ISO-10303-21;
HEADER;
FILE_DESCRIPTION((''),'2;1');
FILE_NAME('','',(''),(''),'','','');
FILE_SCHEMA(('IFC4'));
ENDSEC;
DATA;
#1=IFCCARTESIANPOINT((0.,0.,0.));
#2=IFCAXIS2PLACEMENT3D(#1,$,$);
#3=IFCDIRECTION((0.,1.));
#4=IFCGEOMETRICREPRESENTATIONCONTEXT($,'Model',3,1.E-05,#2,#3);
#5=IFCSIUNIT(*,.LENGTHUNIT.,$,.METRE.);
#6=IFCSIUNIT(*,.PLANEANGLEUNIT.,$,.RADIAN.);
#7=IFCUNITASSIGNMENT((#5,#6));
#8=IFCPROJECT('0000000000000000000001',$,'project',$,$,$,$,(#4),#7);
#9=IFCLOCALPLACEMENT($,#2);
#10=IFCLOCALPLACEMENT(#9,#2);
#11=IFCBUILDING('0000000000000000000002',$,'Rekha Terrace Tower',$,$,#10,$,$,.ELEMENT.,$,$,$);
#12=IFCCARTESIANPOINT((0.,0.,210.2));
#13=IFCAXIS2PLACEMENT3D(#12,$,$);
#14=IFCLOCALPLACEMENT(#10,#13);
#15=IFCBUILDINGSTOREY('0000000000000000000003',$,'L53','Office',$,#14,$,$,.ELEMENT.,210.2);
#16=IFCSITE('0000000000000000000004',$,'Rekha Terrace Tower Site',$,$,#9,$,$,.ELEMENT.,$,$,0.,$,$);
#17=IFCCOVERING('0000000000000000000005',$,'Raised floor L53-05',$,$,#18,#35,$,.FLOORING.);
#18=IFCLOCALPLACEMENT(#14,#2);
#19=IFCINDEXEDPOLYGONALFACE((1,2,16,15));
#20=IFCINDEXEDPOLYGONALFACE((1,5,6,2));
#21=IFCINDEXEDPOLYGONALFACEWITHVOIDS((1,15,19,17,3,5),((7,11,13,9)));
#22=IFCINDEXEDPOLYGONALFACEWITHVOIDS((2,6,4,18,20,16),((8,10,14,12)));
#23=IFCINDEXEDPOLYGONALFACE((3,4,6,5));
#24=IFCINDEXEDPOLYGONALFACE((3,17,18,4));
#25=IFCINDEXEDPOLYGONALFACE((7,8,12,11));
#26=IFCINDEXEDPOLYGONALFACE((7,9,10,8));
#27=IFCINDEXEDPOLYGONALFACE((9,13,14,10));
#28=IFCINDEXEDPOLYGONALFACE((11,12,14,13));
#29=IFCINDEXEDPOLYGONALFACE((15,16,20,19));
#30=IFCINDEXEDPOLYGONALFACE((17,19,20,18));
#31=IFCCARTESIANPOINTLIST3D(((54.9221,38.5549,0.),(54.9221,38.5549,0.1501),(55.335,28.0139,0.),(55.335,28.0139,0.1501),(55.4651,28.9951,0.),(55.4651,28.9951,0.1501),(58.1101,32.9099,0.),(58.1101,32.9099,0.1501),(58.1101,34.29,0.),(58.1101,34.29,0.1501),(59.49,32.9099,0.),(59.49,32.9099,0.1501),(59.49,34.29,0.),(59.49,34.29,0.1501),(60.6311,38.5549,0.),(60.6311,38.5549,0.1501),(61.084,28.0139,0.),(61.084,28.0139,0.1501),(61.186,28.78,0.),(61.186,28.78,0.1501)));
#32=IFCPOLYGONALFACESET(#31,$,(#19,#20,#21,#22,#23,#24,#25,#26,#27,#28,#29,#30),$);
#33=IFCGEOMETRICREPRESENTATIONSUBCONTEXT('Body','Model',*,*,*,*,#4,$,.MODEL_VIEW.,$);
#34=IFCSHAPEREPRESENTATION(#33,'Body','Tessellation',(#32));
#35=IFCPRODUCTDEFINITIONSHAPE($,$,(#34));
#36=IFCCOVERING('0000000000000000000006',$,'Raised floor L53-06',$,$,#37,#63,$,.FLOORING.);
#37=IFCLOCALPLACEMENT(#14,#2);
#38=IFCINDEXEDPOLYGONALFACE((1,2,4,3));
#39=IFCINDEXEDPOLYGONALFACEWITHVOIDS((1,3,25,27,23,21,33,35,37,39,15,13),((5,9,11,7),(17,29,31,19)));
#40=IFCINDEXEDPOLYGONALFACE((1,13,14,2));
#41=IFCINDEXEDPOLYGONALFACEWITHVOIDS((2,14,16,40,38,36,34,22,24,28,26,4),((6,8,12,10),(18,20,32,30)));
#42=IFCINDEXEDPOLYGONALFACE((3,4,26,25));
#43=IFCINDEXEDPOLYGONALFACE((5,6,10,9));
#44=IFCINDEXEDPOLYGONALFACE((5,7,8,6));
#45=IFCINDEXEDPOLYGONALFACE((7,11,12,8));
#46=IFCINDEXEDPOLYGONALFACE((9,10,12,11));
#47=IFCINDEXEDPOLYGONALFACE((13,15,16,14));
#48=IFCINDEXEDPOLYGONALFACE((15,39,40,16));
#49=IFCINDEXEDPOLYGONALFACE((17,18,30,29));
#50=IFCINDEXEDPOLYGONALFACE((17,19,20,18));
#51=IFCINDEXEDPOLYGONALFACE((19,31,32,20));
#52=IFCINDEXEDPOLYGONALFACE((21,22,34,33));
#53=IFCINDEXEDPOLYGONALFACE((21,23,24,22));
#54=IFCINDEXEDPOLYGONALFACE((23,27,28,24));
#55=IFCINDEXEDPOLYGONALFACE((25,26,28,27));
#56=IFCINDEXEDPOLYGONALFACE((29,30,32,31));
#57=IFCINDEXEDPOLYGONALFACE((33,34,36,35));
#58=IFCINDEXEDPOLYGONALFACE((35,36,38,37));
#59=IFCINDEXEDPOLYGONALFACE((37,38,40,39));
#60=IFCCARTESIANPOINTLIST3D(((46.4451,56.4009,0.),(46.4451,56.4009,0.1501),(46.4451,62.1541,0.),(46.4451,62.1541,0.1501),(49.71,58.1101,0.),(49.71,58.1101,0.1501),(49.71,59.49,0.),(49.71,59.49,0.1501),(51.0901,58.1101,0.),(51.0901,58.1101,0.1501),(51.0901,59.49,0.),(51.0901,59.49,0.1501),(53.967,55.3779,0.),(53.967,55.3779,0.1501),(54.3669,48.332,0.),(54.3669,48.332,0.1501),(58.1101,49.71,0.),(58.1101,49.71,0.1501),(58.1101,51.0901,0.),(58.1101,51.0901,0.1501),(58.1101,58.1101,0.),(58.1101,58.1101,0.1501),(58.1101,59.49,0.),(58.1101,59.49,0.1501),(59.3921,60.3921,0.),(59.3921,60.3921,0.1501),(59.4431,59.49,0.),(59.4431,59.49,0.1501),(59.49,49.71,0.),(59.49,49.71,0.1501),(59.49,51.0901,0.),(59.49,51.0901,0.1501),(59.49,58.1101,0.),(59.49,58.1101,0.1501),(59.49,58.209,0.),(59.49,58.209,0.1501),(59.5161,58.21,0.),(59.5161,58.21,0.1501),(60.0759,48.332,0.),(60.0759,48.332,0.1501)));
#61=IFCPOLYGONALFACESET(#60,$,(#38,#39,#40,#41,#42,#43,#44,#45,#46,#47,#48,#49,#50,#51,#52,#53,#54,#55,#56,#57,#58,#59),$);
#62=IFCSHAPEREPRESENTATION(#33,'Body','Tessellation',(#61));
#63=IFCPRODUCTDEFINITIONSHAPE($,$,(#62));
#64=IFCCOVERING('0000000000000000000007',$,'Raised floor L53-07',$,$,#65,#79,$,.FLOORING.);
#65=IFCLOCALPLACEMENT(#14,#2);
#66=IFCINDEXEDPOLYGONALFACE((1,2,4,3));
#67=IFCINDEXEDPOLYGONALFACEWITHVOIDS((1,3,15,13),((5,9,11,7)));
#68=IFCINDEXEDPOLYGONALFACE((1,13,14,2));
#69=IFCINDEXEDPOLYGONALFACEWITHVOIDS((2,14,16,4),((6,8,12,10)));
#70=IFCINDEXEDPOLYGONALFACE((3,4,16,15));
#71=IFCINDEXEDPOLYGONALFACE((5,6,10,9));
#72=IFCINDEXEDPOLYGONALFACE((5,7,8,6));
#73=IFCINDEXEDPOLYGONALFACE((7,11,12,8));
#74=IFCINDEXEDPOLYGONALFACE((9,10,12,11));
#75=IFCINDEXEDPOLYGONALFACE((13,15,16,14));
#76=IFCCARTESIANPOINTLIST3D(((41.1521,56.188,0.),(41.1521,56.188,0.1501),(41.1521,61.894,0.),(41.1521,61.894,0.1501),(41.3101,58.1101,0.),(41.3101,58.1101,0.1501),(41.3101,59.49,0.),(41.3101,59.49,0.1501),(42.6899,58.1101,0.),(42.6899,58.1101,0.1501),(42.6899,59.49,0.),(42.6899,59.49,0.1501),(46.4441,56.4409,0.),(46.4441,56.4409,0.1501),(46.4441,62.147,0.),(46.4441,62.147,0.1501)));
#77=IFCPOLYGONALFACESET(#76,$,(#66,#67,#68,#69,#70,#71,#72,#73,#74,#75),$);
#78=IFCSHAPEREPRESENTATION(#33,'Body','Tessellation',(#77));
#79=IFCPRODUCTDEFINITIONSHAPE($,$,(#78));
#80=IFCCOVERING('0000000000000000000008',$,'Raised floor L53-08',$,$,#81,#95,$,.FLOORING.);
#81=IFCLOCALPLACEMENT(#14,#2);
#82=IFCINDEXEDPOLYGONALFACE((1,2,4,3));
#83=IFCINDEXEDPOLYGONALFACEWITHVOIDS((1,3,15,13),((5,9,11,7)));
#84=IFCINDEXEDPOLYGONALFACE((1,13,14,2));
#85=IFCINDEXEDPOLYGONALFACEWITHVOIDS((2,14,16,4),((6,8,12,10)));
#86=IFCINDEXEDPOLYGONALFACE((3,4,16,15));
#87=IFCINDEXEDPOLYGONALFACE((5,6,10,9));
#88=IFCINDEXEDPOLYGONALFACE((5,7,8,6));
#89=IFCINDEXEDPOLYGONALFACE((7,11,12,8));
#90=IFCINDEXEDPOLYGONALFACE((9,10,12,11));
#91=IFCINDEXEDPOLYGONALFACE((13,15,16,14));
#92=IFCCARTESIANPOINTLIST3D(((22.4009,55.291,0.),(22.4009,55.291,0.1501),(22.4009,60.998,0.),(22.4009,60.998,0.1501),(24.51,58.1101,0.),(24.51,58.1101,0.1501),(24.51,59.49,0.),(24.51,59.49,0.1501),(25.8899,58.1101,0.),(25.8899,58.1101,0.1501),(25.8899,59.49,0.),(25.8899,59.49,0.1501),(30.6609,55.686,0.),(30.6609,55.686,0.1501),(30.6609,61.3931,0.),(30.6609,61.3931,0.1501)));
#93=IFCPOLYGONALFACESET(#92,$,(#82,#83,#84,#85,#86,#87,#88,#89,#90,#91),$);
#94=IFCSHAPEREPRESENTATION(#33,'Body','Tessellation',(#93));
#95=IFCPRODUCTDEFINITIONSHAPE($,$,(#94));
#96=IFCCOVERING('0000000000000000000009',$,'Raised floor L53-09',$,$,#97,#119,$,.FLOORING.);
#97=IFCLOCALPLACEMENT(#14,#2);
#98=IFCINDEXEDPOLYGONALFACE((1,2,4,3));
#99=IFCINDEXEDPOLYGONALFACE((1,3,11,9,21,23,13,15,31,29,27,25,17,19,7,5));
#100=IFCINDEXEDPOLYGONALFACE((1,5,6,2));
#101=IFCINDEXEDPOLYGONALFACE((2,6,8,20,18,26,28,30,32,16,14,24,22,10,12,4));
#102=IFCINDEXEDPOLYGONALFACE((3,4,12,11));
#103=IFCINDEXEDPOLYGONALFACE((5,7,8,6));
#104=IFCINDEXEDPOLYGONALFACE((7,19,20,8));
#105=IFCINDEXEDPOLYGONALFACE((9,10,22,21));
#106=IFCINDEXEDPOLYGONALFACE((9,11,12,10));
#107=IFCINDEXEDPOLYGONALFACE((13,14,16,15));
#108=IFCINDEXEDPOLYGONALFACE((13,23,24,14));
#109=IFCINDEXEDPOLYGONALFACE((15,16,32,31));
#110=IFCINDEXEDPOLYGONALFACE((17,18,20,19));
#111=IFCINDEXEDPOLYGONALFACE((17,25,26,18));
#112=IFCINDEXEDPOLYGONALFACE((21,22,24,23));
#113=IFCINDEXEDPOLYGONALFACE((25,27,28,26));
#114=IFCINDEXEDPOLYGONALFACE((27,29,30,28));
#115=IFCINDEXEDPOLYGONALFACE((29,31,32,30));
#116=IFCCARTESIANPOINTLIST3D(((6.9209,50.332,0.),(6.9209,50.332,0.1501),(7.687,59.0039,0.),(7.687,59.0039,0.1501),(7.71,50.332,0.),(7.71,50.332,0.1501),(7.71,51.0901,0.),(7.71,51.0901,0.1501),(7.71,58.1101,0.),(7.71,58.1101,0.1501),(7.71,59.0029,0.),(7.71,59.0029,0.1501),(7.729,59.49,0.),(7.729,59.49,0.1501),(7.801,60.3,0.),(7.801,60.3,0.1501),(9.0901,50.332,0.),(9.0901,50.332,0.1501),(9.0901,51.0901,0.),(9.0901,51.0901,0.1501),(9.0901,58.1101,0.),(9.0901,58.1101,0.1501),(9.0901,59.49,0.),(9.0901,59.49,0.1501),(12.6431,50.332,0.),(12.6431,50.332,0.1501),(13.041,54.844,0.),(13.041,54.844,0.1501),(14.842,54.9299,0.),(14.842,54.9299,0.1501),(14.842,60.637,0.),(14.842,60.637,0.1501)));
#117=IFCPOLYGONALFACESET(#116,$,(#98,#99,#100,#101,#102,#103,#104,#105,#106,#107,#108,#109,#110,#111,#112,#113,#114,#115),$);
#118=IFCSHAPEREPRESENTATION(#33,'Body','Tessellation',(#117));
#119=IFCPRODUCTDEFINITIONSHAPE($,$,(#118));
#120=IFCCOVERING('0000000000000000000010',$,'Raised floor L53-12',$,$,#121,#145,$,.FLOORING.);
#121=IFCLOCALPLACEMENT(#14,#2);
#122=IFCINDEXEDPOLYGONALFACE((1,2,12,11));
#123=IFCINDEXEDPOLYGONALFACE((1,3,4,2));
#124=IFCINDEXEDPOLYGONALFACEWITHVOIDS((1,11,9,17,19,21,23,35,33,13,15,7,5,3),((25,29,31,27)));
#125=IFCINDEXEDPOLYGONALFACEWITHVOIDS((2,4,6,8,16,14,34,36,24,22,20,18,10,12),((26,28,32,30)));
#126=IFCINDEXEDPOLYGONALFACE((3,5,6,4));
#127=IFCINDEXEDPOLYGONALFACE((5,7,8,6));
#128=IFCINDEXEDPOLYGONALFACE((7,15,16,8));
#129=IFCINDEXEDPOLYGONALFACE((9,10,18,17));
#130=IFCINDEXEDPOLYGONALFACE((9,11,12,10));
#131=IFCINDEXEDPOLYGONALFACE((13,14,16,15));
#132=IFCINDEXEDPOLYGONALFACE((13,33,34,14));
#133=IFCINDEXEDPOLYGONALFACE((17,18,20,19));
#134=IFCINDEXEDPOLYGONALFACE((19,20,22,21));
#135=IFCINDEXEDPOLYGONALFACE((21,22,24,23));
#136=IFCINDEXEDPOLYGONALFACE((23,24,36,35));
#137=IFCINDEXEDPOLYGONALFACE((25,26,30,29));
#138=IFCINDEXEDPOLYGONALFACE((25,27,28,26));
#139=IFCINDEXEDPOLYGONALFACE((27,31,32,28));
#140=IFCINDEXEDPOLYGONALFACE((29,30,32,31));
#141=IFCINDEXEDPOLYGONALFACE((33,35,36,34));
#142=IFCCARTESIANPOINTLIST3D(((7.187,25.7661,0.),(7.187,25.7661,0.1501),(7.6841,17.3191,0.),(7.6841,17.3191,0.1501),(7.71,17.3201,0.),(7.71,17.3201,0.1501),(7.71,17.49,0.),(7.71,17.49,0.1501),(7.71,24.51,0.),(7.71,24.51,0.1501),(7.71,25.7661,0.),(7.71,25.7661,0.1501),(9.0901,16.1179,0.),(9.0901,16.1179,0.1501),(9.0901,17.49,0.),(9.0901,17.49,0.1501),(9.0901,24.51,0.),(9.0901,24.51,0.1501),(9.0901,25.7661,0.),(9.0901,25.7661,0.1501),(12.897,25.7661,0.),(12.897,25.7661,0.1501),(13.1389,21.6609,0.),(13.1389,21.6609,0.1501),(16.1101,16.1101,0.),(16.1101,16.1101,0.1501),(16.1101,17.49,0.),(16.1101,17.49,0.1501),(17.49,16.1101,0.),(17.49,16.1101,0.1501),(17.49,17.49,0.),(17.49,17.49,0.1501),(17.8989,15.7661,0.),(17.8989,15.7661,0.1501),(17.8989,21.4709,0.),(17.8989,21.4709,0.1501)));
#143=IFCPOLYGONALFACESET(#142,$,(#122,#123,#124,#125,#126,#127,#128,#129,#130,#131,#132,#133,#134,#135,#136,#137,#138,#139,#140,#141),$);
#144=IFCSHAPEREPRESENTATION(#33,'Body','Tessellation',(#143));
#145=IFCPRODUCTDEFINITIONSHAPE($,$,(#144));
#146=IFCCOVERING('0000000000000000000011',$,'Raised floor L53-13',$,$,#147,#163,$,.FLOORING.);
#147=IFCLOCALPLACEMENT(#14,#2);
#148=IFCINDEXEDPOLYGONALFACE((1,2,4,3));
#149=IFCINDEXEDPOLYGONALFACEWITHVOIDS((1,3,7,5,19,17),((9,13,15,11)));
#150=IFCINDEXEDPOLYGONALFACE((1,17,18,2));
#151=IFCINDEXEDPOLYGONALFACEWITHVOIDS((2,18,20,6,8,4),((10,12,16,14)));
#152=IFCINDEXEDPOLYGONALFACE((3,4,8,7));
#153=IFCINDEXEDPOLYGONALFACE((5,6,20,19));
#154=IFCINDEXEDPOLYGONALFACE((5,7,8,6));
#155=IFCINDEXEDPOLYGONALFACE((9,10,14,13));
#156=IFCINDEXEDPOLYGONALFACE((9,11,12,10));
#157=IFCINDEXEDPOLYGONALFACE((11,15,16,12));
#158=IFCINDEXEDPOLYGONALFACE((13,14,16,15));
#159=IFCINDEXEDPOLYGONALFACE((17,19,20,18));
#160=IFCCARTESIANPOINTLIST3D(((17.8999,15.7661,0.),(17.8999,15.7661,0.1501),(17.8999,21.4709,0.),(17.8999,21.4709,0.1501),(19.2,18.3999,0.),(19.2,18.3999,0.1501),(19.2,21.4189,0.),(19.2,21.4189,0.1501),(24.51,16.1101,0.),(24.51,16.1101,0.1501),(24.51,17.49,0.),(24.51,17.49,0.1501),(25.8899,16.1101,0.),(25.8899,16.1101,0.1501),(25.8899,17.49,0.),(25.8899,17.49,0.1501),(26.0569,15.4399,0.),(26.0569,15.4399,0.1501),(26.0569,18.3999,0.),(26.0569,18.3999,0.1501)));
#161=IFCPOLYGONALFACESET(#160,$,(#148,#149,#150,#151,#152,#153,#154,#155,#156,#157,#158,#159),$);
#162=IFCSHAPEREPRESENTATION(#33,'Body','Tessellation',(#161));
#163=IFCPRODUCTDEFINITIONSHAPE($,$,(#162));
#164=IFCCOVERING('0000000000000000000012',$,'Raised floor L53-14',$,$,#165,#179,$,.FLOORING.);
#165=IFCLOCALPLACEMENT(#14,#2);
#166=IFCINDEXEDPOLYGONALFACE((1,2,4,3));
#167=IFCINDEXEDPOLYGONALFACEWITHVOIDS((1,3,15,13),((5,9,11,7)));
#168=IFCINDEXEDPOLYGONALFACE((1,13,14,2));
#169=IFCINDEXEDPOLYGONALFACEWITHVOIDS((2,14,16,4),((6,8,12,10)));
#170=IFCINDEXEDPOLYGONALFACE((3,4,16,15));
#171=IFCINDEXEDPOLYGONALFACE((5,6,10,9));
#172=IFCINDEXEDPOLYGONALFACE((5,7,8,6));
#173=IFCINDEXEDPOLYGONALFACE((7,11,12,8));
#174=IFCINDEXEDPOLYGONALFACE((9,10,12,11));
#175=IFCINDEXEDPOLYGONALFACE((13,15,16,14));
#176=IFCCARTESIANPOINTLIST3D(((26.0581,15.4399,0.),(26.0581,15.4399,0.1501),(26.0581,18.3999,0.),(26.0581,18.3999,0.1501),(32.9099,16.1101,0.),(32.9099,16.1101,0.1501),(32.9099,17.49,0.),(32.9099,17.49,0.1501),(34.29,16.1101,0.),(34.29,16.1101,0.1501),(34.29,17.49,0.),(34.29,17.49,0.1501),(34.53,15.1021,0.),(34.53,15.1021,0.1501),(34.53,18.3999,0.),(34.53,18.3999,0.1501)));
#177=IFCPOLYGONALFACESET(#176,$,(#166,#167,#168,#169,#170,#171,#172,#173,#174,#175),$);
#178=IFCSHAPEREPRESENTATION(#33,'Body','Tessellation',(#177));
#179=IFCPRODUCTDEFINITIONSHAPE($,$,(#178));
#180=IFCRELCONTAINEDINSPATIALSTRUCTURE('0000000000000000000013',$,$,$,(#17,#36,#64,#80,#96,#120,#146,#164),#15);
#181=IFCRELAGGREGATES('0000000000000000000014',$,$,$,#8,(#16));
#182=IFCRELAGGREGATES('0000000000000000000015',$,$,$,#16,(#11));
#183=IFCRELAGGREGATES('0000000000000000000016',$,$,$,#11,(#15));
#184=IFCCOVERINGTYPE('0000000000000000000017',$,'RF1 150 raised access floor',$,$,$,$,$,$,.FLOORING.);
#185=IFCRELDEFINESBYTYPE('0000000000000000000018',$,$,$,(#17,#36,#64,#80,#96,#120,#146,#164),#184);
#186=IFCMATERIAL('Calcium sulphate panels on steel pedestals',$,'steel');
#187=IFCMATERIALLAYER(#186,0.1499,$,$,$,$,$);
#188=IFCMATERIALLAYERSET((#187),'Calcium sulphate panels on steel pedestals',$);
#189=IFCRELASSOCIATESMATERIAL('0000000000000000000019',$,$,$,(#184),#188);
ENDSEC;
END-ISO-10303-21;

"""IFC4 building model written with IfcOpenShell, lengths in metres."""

from ifc_helpers import new_model, si_unit, direction, frame, origin, place, context, subcontext, project, spatial, polyline, outline, extrude, material, layer, layer_set, type_object, element, save


model = new_model("IFC4")

# Units and contexts
model_context = context("Model", 3, precision=1e-05, world=origin(), true_north=direction((0.0, 1.0)))
body_context = subcontext(model_context, "Body", "Model", "MODEL_VIEW")
ifc_project = project(units=[si_unit("LENGTHUNIT", "METRE"), si_unit("PLANEANGLEUNIT", "RADIAN")], contexts=[model_context])

# Site, building, storey
site_placement = place(None, origin())
site = spatial("IfcSite", under=ifc_project, at=site_placement, Name="Rekha Terrace Tower Site", CompositionType="ELEMENT", RefElevation=0.0)
building_placement = place(site_placement, origin())
building = spatial("IfcBuilding", under=site, at=building_placement, Name="Rekha Terrace Tower", CompositionType="ELEMENT")
storey_placement = place(building_placement, frame((0.0, 0.0, 210.2)))
storey = spatial("IfcBuildingStorey", under=building, at=storey_placement, Name="L53", Description="Office", CompositionType="ELEMENT", Elevation=210.2)

# Coverings
ifc_material_1 = material(Name="Calcium sulphate panels on steel pedestals", Category="steel")
ifc_layer_1 = layer(ifc_material_1, 0.1499)
ifc_layer_set_1 = layer_set([ifc_layer_1], Name="Calcium sulphate panels on steel pedestals")
covering_type_1 = type_object("IfcCoveringType", Name="RF1 150 raised access floor", PredefinedType="FLOORING", material=ifc_layer_set_1)
covering_1_placement = place(storey_placement, origin())
element("IfcCovering", 1, at=covering_1_placement, inside=storey, type_object=covering_type_1, Name="Raised floor L53-05", PredefinedType="FLOORING", context=body_context, shape_type="SweptSolid", body=[
    extrude(outline(polyline([(55.4651, 28.9951), (55.335, 28.0139), (61.084, 28.0139), (61.186, 28.78), (60.6311, 38.5549), (54.9221, 38.5549), (55.4651, 28.9951)]), holes=[polyline([(59.49, 34.29), (59.49, 32.9099), (58.1101, 32.9099), (58.1101, 34.29), (59.49, 34.29)])]), origin(), (0.0, 0.0, 1.0), 0.1501),
])
covering_2_placement = place(storey_placement, origin())
element("IfcCovering", 2, at=covering_2_placement, inside=storey, type_object=covering_type_1, Name="Raised floor L53-06", PredefinedType="FLOORING", context=body_context, shape_type="SweptSolid", body=[
    extrude(outline(polyline([(58.1101, 59.49), (59.4431, 59.49), (59.3921, 60.3921), (46.4451, 62.1541), (46.4451, 56.4009), (53.967, 55.3779), (54.3669, 48.332), (60.0759, 48.332), (59.5161, 58.21), (59.49, 58.209), (59.49, 58.1101), (58.1101, 58.1101), (58.1101, 59.49)]), holes=[polyline([(59.49, 51.0901), (59.49, 49.71), (58.1101, 49.71), (58.1101, 51.0901), (59.49, 51.0901)]), polyline([(51.0901, 58.1101), (49.71, 58.1101), (49.71, 59.49), (51.0901, 59.49), (51.0901, 58.1101)])]), origin(), (0.0, 0.0, 1.0), 0.1501),
])
covering_3_placement = place(storey_placement, origin())
element("IfcCovering", 3, at=covering_3_placement, inside=storey, type_object=covering_type_1, Name="Raised floor L53-07", PredefinedType="FLOORING", context=body_context, shape_type="SweptSolid", body=[
    extrude(outline(polyline([(46.4441, 62.147), (41.1521, 61.894), (41.1521, 56.188), (46.4441, 56.4409), (46.4441, 62.147)]), holes=[polyline([(42.6899, 59.49), (42.6899, 58.1101), (41.3101, 58.1101), (41.3101, 59.49), (42.6899, 59.49)])]), origin(), (0.0, 0.0, 1.0), 0.1501),
])
covering_4_placement = place(storey_placement, origin())
element("IfcCovering", 4, at=covering_4_placement, inside=storey, type_object=covering_type_1, Name="Raised floor L53-08", PredefinedType="FLOORING", context=body_context, shape_type="SweptSolid", body=[
    extrude(outline(polyline([(30.6609, 55.686), (30.6609, 61.3931), (22.4009, 60.998), (22.4009, 55.291), (30.6609, 55.686)]), holes=[polyline([(25.8899, 58.1101), (24.51, 58.1101), (24.51, 59.49), (25.8899, 59.49), (25.8899, 58.1101)])]), origin(), (0.0, 0.0, 1.0), 0.1501),
])
covering_5_placement = place(storey_placement, origin())
element("IfcCovering", 5, at=covering_5_placement, inside=storey, type_object=covering_type_1, Name="Raised floor L53-09", PredefinedType="FLOORING", context=body_context, shape_type="SweptSolid", body=[
    extrude(outline(polyline([(9.0901, 51.0901), (9.0901, 50.332), (12.6431, 50.332), (13.041, 54.844), (14.842, 54.9299), (14.842, 60.637), (7.801, 60.3), (7.729, 59.49), (9.0901, 59.49), (9.0901, 58.1101), (7.71, 58.1101), (7.71, 59.0029), (7.687, 59.0039), (6.9209, 50.332), (7.71, 50.332), (7.71, 51.0901), (9.0901, 51.0901)])), origin(), (0.0, 0.0, 1.0), 0.1501),
])
covering_6_placement = place(storey_placement, origin())
element("IfcCovering", 6, at=covering_6_placement, inside=storey, type_object=covering_type_1, Name="Raised floor L53-12", PredefinedType="FLOORING", context=body_context, shape_type="SweptSolid", body=[
    extrude(outline(polyline([(9.0901, 16.1179), (17.8989, 15.7661), (17.8989, 21.4709), (13.1389, 21.6609), (12.897, 25.7661), (9.0901, 25.7661), (9.0901, 24.51), (7.71, 24.51), (7.71, 25.7661), (7.187, 25.7661), (7.6841, 17.3191), (7.71, 17.3201), (7.71, 17.49), (9.0901, 17.49), (9.0901, 16.1179)]), holes=[polyline([(17.49, 17.49), (17.49, 16.1101), (16.1101, 16.1101), (16.1101, 17.49), (17.49, 17.49)])]), origin(), (0.0, 0.0, 1.0), 0.1501),
])
covering_7_placement = place(storey_placement, origin())
element("IfcCovering", 7, at=covering_7_placement, inside=storey, type_object=covering_type_1, Name="Raised floor L53-13", PredefinedType="FLOORING", context=body_context, shape_type="SweptSolid", body=[
    extrude(outline(polyline([(26.0569, 15.4399), (26.0569, 18.3999), (19.2, 18.3999), (19.2, 21.4189), (17.8999, 21.4709), (17.8999, 15.7661), (26.0569, 15.4399)]), holes=[polyline([(25.8899, 17.49), (25.8899, 16.1101), (24.51, 16.1101), (24.51, 17.49), (25.8899, 17.49)])]), origin(), (0.0, 0.0, 1.0), 0.1501),
])
covering_8_placement = place(storey_placement, origin())
element("IfcCovering", 8, at=covering_8_placement, inside=storey, type_object=covering_type_1, Name="Raised floor L53-14", PredefinedType="FLOORING", context=body_context, shape_type="SweptSolid", body=[
    extrude(outline(polyline([(26.0581, 18.3999), (26.0581, 15.4399), (34.53, 15.1021), (34.53, 18.3999), (26.0581, 18.3999)]), holes=[polyline([(34.29, 16.1101), (32.9099, 16.1101), (32.9099, 17.49), (34.29, 17.49), (34.29, 16.1101)])]), origin(), (0.0, 0.0, 1.0), 0.1501),
])

save(model, "model.ifc")
